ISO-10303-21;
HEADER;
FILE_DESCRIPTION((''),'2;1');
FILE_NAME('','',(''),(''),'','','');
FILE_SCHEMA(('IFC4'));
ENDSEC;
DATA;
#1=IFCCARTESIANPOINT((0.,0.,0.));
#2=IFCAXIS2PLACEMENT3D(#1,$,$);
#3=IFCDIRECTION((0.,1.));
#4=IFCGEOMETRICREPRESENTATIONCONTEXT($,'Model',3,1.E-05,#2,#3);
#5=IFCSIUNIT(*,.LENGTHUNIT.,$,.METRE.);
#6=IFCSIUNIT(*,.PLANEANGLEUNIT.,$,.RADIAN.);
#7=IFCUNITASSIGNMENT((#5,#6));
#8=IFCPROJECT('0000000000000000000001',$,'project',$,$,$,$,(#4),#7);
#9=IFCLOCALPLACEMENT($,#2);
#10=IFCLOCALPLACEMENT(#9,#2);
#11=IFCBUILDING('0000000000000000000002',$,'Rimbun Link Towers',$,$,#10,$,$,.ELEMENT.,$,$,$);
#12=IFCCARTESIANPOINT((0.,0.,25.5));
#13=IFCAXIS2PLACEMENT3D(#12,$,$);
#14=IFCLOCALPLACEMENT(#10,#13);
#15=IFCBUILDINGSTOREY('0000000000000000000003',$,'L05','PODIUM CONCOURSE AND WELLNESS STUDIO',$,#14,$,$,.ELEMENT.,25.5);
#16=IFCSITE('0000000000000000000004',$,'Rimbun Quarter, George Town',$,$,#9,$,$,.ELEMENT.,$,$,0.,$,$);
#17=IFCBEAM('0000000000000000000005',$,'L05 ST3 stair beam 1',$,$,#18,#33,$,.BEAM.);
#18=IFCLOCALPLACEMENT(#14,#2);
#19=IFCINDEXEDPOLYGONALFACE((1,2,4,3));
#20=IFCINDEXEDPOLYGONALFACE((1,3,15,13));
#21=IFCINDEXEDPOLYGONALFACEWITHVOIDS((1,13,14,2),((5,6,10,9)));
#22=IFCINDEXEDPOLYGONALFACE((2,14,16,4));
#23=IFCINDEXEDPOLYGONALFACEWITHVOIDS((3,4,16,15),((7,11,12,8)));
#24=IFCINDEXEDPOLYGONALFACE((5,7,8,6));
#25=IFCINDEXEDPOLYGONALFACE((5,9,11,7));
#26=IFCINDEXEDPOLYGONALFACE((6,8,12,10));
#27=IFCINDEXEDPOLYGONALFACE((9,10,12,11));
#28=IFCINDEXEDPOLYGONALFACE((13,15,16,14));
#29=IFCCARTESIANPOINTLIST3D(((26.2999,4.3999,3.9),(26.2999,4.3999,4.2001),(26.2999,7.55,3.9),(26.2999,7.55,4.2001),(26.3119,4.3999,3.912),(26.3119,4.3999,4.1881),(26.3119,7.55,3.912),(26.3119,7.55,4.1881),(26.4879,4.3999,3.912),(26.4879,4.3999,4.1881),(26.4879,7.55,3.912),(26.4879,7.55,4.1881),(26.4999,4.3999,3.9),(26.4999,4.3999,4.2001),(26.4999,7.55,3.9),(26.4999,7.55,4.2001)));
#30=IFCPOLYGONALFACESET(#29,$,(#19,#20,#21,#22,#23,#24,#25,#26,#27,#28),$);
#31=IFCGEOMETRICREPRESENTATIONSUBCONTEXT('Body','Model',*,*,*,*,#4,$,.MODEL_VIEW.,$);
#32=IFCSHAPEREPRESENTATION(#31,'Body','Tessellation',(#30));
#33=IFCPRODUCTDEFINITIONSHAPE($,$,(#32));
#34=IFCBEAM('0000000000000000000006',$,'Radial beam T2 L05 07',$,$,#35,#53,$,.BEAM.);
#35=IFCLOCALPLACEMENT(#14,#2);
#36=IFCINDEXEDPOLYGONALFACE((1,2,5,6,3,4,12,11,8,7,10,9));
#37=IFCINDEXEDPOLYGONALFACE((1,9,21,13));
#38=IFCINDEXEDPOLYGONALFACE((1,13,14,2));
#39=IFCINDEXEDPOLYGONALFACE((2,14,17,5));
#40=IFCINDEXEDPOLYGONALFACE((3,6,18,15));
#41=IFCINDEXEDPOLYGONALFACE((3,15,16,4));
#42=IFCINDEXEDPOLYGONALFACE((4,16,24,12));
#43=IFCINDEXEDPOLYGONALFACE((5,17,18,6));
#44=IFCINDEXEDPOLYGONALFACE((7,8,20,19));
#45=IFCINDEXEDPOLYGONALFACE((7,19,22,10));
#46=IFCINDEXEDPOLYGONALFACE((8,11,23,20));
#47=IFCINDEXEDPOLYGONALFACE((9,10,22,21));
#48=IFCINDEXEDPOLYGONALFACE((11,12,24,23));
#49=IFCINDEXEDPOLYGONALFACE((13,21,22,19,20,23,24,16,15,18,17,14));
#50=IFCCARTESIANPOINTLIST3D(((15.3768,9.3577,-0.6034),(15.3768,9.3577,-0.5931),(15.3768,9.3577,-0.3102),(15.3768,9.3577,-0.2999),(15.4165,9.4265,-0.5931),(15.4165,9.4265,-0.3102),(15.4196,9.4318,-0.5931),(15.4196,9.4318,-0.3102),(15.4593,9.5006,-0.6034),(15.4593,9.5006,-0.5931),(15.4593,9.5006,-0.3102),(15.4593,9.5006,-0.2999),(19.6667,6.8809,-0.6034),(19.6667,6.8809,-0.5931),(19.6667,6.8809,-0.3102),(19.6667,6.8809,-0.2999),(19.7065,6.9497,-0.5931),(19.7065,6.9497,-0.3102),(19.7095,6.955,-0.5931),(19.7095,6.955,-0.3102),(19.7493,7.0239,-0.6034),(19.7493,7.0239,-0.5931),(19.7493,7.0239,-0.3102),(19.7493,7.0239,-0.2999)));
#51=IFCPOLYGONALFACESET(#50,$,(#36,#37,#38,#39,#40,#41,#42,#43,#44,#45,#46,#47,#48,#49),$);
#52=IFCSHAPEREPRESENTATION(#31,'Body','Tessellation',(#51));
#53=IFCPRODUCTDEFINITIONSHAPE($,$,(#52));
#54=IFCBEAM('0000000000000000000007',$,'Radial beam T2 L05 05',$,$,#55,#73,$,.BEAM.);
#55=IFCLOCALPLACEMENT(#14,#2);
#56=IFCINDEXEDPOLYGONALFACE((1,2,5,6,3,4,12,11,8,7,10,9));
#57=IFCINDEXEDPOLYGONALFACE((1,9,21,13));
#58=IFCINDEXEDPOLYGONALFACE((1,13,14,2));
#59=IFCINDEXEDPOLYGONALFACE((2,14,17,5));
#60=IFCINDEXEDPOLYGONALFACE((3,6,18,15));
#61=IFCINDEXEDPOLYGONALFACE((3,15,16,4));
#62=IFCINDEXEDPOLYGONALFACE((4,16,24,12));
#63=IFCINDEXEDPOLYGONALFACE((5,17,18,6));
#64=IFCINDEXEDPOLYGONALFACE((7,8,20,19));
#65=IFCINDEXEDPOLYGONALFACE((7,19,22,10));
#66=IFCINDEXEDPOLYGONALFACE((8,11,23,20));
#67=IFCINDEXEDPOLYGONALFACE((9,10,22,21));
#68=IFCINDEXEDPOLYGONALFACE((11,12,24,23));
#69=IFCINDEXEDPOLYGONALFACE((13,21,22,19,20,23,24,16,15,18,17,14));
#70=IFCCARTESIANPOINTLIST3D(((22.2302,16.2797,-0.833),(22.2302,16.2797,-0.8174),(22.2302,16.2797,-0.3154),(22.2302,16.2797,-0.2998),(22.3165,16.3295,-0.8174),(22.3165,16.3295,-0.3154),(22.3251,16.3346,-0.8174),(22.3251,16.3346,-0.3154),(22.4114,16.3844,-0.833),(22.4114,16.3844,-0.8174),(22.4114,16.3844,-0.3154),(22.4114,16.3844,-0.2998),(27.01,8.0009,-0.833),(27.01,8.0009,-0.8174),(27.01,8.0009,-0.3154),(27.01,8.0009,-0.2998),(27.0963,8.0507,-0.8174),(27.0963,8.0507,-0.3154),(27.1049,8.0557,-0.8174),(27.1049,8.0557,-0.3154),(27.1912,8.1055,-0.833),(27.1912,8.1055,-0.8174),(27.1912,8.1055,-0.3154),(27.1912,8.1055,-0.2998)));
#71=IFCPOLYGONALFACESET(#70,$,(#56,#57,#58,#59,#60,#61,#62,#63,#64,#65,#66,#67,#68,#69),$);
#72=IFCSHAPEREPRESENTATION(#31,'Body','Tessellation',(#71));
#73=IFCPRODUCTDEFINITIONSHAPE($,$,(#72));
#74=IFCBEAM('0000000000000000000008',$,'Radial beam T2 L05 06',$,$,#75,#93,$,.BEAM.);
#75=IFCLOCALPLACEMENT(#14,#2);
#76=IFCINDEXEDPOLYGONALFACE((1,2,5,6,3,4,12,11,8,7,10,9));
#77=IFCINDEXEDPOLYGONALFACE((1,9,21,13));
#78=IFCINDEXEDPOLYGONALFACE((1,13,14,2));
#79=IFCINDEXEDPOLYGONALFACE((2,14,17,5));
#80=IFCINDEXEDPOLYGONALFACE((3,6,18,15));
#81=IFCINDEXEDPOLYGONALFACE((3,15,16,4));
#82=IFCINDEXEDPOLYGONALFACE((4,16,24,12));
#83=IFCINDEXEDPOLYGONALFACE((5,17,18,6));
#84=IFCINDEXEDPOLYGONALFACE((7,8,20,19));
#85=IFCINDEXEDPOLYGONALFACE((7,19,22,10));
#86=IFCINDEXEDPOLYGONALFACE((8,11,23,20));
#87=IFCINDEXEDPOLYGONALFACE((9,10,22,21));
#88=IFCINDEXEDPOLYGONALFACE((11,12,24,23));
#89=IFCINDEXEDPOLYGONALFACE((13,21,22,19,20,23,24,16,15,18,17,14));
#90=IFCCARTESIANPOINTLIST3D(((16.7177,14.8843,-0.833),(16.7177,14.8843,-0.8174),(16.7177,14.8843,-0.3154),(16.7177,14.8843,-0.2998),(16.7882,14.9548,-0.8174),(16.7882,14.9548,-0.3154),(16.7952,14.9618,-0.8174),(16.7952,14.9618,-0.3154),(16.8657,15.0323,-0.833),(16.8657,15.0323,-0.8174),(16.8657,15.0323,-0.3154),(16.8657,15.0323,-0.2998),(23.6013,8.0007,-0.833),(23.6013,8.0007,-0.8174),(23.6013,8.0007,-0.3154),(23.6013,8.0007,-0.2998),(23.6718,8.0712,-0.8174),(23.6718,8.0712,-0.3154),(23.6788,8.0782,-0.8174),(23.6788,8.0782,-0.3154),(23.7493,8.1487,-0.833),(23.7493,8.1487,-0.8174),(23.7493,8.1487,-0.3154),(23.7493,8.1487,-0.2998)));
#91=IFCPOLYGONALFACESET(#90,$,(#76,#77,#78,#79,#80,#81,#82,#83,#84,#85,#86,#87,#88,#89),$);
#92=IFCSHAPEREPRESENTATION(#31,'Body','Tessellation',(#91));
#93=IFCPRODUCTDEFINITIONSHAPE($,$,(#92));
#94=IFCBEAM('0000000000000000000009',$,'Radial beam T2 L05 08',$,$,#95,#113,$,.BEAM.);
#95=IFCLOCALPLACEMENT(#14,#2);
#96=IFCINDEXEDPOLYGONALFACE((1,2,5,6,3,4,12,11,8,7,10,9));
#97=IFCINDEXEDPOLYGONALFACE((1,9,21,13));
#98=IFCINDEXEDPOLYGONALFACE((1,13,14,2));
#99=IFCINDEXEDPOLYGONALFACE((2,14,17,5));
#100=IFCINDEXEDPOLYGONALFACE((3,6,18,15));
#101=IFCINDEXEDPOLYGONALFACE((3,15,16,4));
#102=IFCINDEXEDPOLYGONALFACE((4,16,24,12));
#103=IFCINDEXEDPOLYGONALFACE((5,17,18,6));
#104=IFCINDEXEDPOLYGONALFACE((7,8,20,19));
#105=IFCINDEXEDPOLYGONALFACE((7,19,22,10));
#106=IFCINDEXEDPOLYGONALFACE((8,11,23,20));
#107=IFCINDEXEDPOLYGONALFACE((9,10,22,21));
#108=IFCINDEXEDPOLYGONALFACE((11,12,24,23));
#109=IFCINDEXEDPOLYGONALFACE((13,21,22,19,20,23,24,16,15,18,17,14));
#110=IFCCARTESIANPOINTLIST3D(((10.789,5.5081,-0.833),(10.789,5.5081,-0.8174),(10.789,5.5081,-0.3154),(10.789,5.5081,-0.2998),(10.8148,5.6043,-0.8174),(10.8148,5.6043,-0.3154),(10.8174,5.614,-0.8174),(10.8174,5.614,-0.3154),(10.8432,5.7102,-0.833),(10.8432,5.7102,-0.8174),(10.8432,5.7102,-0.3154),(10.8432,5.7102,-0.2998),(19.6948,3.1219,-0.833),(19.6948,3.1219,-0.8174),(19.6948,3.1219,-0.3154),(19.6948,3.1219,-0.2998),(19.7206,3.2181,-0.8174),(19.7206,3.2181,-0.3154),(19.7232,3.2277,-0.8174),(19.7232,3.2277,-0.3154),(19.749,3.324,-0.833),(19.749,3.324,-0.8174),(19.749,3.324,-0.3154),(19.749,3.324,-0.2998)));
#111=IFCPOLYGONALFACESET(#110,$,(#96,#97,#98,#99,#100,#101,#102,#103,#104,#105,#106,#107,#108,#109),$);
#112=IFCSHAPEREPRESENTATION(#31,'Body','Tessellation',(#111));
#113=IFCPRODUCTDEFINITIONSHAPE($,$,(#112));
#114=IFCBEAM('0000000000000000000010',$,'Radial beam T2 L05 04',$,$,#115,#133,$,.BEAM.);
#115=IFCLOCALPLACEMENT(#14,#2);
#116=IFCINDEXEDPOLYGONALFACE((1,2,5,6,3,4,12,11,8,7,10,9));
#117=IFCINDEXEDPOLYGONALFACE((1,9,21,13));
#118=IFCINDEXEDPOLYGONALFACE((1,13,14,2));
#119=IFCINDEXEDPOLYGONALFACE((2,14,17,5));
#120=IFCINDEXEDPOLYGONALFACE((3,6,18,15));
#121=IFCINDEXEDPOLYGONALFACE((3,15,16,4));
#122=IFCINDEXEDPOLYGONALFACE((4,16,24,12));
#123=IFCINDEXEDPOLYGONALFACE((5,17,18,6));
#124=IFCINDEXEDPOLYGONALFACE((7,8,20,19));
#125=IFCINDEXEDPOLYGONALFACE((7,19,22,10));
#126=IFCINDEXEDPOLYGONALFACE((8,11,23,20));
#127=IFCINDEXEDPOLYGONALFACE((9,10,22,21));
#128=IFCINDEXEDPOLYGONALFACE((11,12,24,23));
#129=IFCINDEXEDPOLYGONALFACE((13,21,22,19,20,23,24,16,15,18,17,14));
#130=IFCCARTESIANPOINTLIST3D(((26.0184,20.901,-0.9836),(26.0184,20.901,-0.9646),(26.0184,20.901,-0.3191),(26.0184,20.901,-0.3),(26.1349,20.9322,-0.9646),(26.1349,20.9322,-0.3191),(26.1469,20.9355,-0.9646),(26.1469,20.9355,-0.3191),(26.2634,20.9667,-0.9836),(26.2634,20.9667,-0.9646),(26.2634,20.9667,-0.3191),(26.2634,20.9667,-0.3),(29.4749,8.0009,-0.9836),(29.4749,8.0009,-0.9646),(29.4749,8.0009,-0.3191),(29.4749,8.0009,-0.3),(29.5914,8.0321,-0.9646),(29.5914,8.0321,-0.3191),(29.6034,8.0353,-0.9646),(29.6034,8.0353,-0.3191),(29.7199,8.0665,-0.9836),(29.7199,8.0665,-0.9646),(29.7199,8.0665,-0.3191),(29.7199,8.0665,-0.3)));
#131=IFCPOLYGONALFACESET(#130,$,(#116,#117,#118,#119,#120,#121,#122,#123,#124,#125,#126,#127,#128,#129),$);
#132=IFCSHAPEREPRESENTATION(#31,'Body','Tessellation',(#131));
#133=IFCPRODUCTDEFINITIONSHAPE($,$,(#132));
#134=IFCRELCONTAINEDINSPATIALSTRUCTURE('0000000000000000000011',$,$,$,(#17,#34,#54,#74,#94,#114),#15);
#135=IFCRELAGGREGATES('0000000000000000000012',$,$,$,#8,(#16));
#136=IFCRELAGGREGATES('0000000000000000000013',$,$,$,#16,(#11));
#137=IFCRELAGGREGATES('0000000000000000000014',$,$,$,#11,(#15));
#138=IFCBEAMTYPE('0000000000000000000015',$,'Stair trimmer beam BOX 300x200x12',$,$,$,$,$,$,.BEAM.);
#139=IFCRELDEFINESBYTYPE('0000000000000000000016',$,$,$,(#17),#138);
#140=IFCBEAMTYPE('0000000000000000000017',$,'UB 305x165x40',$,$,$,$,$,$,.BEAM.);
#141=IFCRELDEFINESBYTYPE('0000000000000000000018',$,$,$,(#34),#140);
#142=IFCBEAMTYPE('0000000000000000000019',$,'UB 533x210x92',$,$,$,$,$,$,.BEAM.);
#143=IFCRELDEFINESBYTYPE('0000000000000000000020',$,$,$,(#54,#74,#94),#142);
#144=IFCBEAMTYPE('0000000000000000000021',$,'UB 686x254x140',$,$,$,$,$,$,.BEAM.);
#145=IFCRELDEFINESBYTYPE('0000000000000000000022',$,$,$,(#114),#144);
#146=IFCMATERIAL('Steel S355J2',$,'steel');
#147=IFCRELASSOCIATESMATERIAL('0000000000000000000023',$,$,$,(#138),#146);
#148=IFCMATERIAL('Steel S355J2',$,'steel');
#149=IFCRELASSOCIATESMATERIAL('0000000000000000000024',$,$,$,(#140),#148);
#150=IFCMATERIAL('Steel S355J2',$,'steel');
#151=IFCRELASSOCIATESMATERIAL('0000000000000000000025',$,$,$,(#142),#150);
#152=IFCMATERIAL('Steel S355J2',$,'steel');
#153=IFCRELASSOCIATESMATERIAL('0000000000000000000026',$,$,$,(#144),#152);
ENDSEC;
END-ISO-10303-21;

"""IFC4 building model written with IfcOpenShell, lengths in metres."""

from ifc_helpers import new_model, si_unit, direction, frame, origin, origin_2d, place, context, subcontext, project, spatial, hollow_rectangle, i_section, extrude, material, material_profile, profile_set, type_object, element, save


model = new_model("IFC4")

# Units and contexts
model_context = context("Model", 3, precision=1e-05, world=origin(), true_north=direction((0.0, 1.0)))
body_context = subcontext(model_context, "Body", "Model", "MODEL_VIEW")
ifc_project = project(units=[si_unit("LENGTHUNIT", "METRE"), si_unit("PLANEANGLEUNIT", "RADIAN")], contexts=[model_context])

# Site, building, storey
site_placement = place(None, origin())
site = spatial("IfcSite", under=ifc_project, at=site_placement, Name="Rimbun Quarter, George Town", CompositionType="ELEMENT", RefElevation=0.0)
building_placement = place(site_placement, origin())
building = spatial("IfcBuilding", under=site, at=building_placement, Name="Rimbun Link Towers", CompositionType="ELEMENT")
storey_placement = place(building_placement, frame((0.0, 0.0, 25.5)))
storey = spatial("IfcBuildingStorey", under=building, at=storey_placement, Name="L05", Description="PODIUM CONCOURSE AND WELLNESS STUDIO", CompositionType="ELEMENT", Elevation=25.5)

# Beams
ifc_material_1 = material(Name="Steel S355J2", Category="steel")
ifc_material_profile_1 = material_profile(ifc_material_1, hollow_rectangle(XDim=0.2, YDim=0.3, WallThickness=0.012, at=origin_2d()), Name="BOX 300x200x12")
ifc_profile_set_1 = profile_set([ifc_material_profile_1], Name="Steel S355J2")
beam_type_1 = type_object("IfcBeamType", Name="Stair trimmer beam BOX 300x200x12", PredefinedType="BEAM", material=ifc_profile_set_1)
beam_1_placement = place(storey_placement, frame((26.3999, 7.55, 4.05), z_axis=(0.0, -1.0, 0.0), x_axis=(1.0, 0.0, 0.0)))
element("IfcBeam", 1, at=beam_1_placement, inside=storey, type_object=beam_type_1, Name="L05 ST3 stair beam 1", PredefinedType="BEAM", context=body_context, shape_type="SweptSolid", body=[
    extrude(hollow_rectangle(XDim=0.2, YDim=0.3, WallThickness=0.012, at=origin_2d()), origin(), (0.0, 0.0, 1.0), 3.1501),
])
ifc_material_2 = material(Name="Steel S355J2", Category="steel")
ifc_material_profile_2 = material_profile(ifc_material_2, i_section(OverallWidth=0.165, OverallDepth=0.3035, WebThickness=0.0061, FlangeThickness=0.0103, at=origin_2d()), Name="UB 305x165x40")
ifc_profile_set_2 = profile_set([ifc_material_profile_2], Name="Steel S355J2")
beam_type_2 = type_object("IfcBeamType", Name="UB 305x165x40", PredefinedType="BEAM", material=ifc_profile_set_2)
beam_2_placement = place(storey_placement, frame((19.708, 6.9524, -0.4517), z_axis=(-0.86603, 0.499993, 0.0), x_axis=(-0.499993, -0.86603, 0.0)))
element("IfcBeam", 2, at=beam_2_placement, inside=storey, type_object=beam_type_2, Name="Radial beam T2 L05 07", PredefinedType="BEAM", context=body_context, shape_type="SweptSolid", body=[
    extrude(i_section(OverallWidth=0.165, OverallDepth=0.3035, WebThickness=0.0061, FlangeThickness=0.0103, at=origin_2d()), origin(), (0.0, 0.0, 1.0), 4.9536),
])
ifc_material_3 = material(Name="Steel S355J2", Category="steel")
ifc_material_profile_3 = material_profile(ifc_material_3, i_section(OverallWidth=0.2092, OverallDepth=0.5332, WebThickness=0.01, FlangeThickness=0.0156, at=origin_2d()), Name="UB 533x210x92")
ifc_profile_set_3 = profile_set([ifc_material_profile_3], Name="Steel S355J2")
beam_type_3 = type_object("IfcBeamType", Name="UB 533x210x92", PredefinedType="BEAM", material=ifc_profile_set_3)
beam_3_placement = place(storey_placement, frame((27.1006, 8.0532, -0.5664), z_axis=(-0.500001, 0.866025, 0.0), x_axis=(-0.866025, -0.500001, 0.0)))
element("IfcBeam", 3, at=beam_3_placement, inside=storey, type_object=beam_type_3, Name="Radial beam T2 L05 05", PredefinedType="BEAM", context=body_context, shape_type="SweptSolid", body=[
    extrude(i_section(OverallWidth=0.2092, OverallDepth=0.5332, WebThickness=0.01, FlangeThickness=0.0156, at=origin_2d()), origin(), (0.0, 0.0, 1.0), 9.5596),
])
beam_4_placement = place(storey_placement, frame((23.6753, 8.0747, -0.5664), z_axis=(-0.707107, 0.707107, 0.0), x_axis=(-0.707107, -0.707107, 0.0)))
element("IfcBeam", 4, at=beam_4_placement, inside=storey, type_object=beam_type_3, Name="Radial beam T2 L05 06", PredefinedType="BEAM", context=body_context, shape_type="SweptSolid", body=[
    extrude(i_section(OverallWidth=0.2092, OverallDepth=0.5332, WebThickness=0.01, FlangeThickness=0.0156, at=origin_2d()), origin(), (0.0, 0.0, 1.0), 9.7349),
])
beam_5_placement = place(storey_placement, frame((19.7219, 3.2229, -0.5664), z_axis=(-0.965927, 0.258813, 0.0), x_axis=(-0.258813, -0.965927, 0.0)))
element("IfcBeam", 5, at=beam_5_placement, inside=storey, type_object=beam_type_3, Name="Radial beam T2 L05 08", PredefinedType="BEAM", context=body_context, shape_type="SweptSolid", body=[
    extrude(i_section(OverallWidth=0.2092, OverallDepth=0.5332, WebThickness=0.01, FlangeThickness=0.0156, at=origin_2d()), origin(), (0.0, 0.0, 1.0), 9.22),
])
ifc_material_4 = material(Name="Steel S355J2", Category="steel")
ifc_material_profile_4 = material_profile(ifc_material_4, i_section(OverallWidth=0.2537, OverallDepth=0.6836, WebThickness=0.0125, FlangeThickness=0.019, at=origin_2d()), Name="UB 686x254x140")
ifc_profile_set_4 = profile_set([ifc_material_profile_4], Name="Steel S355J2")
beam_type_4 = type_object("IfcBeamType", Name="UB 686x254x140", PredefinedType="BEAM", material=ifc_profile_set_4)
beam_6_placement = place(storey_placement, frame((29.5974, 8.0337, -0.6418), z_axis=(-0.258816, 0.965927, 0.0), x_axis=(-0.965927, -0.258816, 0.0)))
element("IfcBeam", 6, at=beam_6_placement, inside=storey, type_object=beam_type_4, Name="Radial beam T2 L05 04", PredefinedType="BEAM", context=body_context, shape_type="SweptSolid", body=[
    extrude(i_section(OverallWidth=0.2537, OverallDepth=0.6836, WebThickness=0.0125, FlangeThickness=0.019, at=origin_2d()), origin(), (0.0, 0.0, 1.0), 13.3552),
])

save(model, "model.ifc")
